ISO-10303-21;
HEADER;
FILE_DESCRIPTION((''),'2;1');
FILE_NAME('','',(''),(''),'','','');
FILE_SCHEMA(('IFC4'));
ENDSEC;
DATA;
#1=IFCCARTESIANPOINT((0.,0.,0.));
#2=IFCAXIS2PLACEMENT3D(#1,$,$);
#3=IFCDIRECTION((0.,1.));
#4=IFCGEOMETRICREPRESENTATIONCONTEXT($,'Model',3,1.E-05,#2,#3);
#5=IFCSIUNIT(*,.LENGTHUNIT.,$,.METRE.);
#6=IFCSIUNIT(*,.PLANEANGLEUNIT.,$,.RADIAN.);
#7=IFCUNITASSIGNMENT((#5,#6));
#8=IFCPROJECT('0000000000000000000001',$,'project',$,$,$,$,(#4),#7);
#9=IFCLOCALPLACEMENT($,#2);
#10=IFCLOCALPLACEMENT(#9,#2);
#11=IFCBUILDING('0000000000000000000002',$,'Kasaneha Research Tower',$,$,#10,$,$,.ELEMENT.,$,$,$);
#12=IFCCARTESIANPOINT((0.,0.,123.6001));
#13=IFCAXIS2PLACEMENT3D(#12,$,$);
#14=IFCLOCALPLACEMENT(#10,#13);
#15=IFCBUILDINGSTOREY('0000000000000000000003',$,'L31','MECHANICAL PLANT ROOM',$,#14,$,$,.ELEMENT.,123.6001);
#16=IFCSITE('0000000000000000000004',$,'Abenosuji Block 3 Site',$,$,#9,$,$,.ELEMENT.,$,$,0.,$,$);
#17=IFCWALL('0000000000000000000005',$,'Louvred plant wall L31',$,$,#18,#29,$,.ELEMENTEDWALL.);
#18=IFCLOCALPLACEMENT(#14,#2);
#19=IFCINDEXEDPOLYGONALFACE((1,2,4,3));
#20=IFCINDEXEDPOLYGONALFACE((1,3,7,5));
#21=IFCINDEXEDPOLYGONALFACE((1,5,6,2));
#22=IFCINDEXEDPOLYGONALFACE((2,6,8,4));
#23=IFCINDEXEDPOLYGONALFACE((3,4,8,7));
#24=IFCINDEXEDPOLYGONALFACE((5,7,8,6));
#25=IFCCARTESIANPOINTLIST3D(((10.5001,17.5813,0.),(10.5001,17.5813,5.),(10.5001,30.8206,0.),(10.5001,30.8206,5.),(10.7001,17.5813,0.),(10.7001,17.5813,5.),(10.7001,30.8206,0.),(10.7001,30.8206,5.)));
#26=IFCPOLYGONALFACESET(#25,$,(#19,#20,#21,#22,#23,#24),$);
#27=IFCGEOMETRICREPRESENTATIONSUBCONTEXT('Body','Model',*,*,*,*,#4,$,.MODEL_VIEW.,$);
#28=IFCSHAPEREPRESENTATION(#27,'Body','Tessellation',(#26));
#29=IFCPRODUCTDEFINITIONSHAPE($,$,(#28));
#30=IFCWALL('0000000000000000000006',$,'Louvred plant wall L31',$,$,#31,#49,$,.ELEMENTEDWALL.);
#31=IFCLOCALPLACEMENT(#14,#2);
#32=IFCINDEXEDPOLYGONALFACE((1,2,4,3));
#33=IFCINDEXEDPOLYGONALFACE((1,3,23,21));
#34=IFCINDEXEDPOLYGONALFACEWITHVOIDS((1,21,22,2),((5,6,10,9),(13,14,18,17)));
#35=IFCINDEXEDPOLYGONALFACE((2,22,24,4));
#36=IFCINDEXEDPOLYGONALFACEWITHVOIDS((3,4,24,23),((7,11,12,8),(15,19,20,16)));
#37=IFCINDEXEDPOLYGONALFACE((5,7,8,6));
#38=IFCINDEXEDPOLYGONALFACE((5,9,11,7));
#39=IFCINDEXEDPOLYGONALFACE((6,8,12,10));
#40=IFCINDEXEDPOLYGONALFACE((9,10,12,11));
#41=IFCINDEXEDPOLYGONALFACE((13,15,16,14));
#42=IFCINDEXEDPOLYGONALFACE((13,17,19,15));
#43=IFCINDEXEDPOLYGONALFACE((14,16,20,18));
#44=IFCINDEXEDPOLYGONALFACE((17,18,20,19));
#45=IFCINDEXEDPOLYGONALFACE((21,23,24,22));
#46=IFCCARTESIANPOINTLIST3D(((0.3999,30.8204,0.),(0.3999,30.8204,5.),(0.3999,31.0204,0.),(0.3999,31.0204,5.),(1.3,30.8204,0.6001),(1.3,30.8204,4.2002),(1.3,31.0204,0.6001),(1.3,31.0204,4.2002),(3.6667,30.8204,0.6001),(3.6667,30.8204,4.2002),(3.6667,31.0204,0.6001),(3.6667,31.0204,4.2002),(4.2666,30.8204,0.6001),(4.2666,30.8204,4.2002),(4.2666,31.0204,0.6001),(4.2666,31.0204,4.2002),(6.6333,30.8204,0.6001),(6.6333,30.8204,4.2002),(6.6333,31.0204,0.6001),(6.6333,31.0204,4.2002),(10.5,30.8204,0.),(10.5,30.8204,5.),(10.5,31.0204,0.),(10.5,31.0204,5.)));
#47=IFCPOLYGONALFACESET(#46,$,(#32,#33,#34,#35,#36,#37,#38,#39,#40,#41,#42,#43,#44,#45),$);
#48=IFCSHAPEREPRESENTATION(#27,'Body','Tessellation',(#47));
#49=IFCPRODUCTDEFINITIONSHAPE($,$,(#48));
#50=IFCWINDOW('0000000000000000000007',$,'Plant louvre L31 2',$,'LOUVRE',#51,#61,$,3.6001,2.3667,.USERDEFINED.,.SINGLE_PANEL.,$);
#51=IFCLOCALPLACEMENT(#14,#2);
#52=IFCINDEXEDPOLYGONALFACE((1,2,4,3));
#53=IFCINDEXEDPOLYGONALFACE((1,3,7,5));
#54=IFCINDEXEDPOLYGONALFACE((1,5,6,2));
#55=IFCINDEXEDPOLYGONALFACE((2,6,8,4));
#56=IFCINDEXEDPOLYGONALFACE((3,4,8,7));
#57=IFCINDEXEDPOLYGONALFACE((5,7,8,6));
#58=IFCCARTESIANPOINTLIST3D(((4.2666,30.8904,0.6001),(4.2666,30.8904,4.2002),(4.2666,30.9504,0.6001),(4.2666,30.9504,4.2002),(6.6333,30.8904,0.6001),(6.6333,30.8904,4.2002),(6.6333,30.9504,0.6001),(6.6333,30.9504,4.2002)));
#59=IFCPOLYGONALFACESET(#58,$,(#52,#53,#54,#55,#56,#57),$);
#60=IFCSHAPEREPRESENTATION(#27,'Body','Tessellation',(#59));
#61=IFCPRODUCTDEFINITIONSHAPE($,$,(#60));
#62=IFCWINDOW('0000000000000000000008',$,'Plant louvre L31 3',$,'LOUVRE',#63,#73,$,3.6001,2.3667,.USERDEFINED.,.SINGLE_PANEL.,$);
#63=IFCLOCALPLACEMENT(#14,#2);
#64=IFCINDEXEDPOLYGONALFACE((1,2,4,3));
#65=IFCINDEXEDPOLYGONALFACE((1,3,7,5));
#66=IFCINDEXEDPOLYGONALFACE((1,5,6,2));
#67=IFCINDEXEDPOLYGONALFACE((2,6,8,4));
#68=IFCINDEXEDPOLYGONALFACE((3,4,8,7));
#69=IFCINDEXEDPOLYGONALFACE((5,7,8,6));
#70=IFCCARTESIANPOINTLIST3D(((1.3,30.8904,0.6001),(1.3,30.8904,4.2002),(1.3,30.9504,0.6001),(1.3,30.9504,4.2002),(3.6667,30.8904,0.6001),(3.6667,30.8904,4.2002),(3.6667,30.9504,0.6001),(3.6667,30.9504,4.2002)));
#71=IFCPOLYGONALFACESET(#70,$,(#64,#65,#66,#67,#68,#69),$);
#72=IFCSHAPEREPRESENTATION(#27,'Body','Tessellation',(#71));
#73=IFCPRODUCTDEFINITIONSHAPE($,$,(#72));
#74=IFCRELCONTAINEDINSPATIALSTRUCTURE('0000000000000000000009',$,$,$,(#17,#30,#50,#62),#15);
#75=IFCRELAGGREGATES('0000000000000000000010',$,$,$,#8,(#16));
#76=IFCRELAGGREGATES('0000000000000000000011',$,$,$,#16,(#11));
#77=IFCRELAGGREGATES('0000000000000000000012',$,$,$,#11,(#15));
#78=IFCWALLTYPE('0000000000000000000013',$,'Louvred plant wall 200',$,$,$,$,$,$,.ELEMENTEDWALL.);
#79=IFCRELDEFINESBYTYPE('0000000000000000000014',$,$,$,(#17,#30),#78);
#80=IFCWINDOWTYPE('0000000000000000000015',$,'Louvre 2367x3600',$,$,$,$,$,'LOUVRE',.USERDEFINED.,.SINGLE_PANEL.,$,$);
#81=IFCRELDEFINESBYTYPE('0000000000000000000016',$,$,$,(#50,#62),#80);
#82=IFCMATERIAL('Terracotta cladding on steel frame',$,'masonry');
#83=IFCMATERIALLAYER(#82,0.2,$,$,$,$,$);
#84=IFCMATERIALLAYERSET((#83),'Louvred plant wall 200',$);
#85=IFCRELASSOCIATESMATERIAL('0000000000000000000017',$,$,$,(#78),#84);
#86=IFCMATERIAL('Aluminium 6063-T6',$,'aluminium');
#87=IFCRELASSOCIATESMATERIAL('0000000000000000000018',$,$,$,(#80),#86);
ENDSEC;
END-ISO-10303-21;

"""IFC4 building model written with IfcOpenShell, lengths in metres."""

from ifc_helpers import new_model, si_unit, direction, frame, frame_2d, origin, place, context, subcontext, project, spatial, rectangle, extrude, material, layer, layer_set, type_object, element, fill, save


model = new_model("IFC4")

# Units and contexts
model_context = context("Model", 3, precision=1e-05, world=origin(), true_north=direction((0.0, 1.0)))
body_context = subcontext(model_context, "Body", "Model", "MODEL_VIEW")
ifc_project = project(units=[si_unit("LENGTHUNIT", "METRE"), si_unit("PLANEANGLEUNIT", "RADIAN")], contexts=[model_context])

# Site, building, storey
site_placement = place(None, origin())
site = spatial("IfcSite", under=ifc_project, at=site_placement, Name="Abenosuji Block 3 Site", CompositionType="ELEMENT", RefElevation=0.0)
building_placement = place(site_placement, origin())
building = spatial("IfcBuilding", under=site, at=building_placement, Name="Kasaneha Research Tower", CompositionType="ELEMENT")
storey_placement = place(building_placement, frame((0.0, 0.0, 123.6001)))
storey = spatial("IfcBuildingStorey", under=building, at=storey_placement, Name="L31", Description="MECHANICAL PLANT ROOM", CompositionType="ELEMENT", Elevation=123.6001)

# Wall
ifc_material_1 = material(Name="Terracotta cladding on steel frame", Category="masonry")
ifc_layer = layer(ifc_material_1, 0.2)
ifc_layer_set = layer_set([ifc_layer], Name="Louvred plant wall 200")
wall_type = type_object("IfcWallType", Name="Louvred plant wall 200", PredefinedType="ELEMENTEDWALL", material=ifc_layer_set)
wall_1_placement = place(storey_placement, frame((10.6001, 17.5813, 0.0), z_axis=(0.0, 0.0, 1.0), x_axis=(0.0, 1.0, 0.0)))
element("IfcWall", 1, at=wall_1_placement, inside=storey, type_object=wall_type, Name="Louvred plant wall L31", PredefinedType="ELEMENTEDWALL", context=body_context, shape_type="SweptSolid", body=[
    extrude(rectangle(XDim=13.2393, YDim=0.2, at=frame_2d((6.6196, 0.0))), origin(), (0.0, 0.0, 1.0), 5.0),
])

# Wall, openings, windows
wall_2_placement = place(storey_placement, frame((10.5, 30.9204, 0.0), z_axis=(0.0, 0.0, 1.0), x_axis=(-1.0, 0.0, 0.0)))
wall_2 = element("IfcWall", 2, at=wall_2_placement, inside=storey, type_object=wall_type, Name="Louvred plant wall L31", PredefinedType="ELEMENTEDWALL", context=body_context, shape_type="SweptSolid", body=[
    extrude(rectangle(XDim=10.1001, YDim=0.2, at=frame_2d((5.05, 0.0))), origin(), (0.0, 0.0, 1.0), 5.0),
])
opening_1_placement = place(wall_2_placement, frame((3.8667, 0.0, 0.6001)))
opening_1 = element("IfcOpeningElement", 3, at=opening_1_placement, cuts=wall_2, PredefinedType="OPENING", context=body_context, shape_type="SweptSolid", body=[
    extrude(rectangle(XDim=2.3667, YDim=3.6001, at=frame_2d((1.1833, 1.8))), frame((0.0, 0.1099, 0.0), z_axis=(0.0, -1.0, 0.0), x_axis=(1.0, 0.0, 0.0)), (0.0, 0.0, 1.0), 0.22),
])
opening_2_placement = place(wall_2_placement, frame((6.8333, 0.0, 0.6001)))
opening_2 = element("IfcOpeningElement", 4, at=opening_2_placement, cuts=wall_2, PredefinedType="OPENING", context=body_context, shape_type="SweptSolid", body=[
    extrude(rectangle(XDim=2.3667, YDim=3.6001, at=frame_2d((1.1833, 1.8))), frame((0.0, 0.1099, 0.0), z_axis=(0.0, -1.0, 0.0), x_axis=(1.0, 0.0, 0.0)), (0.0, 0.0, 1.0), 0.22),
])
ifc_material_2 = material(Name="Aluminium 6063-T6", Category="aluminium")
window_type = type_object("IfcWindowType", Name="Louvre 2367x3600", ElementType="LOUVRE", PartitioningType="SINGLE_PANEL", PredefinedType="USERDEFINED", material=ifc_material_2)
window_1_placement = place(opening_1_placement, origin())
window_1 = element("IfcWindow", 5, at=window_1_placement, inside=storey, type_object=window_type, Name="Plant louvre L31 2", ObjectType="LOUVRE", OverallHeight=3.6001, OverallWidth=2.3667, PartitioningType="SINGLE_PANEL", PredefinedType="USERDEFINED", context=body_context, shape_type="SweptSolid", body=[
    extrude(rectangle(XDim=2.3667, YDim=3.6001, at=frame_2d((1.1833, 1.8))), frame((0.0, 0.03, 0.0), z_axis=(0.0, -1.0, 0.0), x_axis=(1.0, 0.0, 0.0)), (0.0, 0.0, 1.0), 0.0601),
])
fill(opening_1, window_1)
window_2_placement = place(opening_2_placement, origin())
window_2 = element("IfcWindow", 6, at=window_2_placement, inside=storey, type_object=window_type, Name="Plant louvre L31 3", ObjectType="LOUVRE", OverallHeight=3.6001, OverallWidth=2.3667, PartitioningType="SINGLE_PANEL", PredefinedType="USERDEFINED", context=body_context, shape_type="SweptSolid", body=[
    extrude(rectangle(XDim=2.3667, YDim=3.6001, at=frame_2d((1.1833, 1.8))), frame((0.0, 0.03, 0.0), z_axis=(0.0, -1.0, 0.0), x_axis=(1.0, 0.0, 0.0)), (0.0, 0.0, 1.0), 0.0601),
])
fill(opening_2, window_2)

save(model, "model.ifc")
